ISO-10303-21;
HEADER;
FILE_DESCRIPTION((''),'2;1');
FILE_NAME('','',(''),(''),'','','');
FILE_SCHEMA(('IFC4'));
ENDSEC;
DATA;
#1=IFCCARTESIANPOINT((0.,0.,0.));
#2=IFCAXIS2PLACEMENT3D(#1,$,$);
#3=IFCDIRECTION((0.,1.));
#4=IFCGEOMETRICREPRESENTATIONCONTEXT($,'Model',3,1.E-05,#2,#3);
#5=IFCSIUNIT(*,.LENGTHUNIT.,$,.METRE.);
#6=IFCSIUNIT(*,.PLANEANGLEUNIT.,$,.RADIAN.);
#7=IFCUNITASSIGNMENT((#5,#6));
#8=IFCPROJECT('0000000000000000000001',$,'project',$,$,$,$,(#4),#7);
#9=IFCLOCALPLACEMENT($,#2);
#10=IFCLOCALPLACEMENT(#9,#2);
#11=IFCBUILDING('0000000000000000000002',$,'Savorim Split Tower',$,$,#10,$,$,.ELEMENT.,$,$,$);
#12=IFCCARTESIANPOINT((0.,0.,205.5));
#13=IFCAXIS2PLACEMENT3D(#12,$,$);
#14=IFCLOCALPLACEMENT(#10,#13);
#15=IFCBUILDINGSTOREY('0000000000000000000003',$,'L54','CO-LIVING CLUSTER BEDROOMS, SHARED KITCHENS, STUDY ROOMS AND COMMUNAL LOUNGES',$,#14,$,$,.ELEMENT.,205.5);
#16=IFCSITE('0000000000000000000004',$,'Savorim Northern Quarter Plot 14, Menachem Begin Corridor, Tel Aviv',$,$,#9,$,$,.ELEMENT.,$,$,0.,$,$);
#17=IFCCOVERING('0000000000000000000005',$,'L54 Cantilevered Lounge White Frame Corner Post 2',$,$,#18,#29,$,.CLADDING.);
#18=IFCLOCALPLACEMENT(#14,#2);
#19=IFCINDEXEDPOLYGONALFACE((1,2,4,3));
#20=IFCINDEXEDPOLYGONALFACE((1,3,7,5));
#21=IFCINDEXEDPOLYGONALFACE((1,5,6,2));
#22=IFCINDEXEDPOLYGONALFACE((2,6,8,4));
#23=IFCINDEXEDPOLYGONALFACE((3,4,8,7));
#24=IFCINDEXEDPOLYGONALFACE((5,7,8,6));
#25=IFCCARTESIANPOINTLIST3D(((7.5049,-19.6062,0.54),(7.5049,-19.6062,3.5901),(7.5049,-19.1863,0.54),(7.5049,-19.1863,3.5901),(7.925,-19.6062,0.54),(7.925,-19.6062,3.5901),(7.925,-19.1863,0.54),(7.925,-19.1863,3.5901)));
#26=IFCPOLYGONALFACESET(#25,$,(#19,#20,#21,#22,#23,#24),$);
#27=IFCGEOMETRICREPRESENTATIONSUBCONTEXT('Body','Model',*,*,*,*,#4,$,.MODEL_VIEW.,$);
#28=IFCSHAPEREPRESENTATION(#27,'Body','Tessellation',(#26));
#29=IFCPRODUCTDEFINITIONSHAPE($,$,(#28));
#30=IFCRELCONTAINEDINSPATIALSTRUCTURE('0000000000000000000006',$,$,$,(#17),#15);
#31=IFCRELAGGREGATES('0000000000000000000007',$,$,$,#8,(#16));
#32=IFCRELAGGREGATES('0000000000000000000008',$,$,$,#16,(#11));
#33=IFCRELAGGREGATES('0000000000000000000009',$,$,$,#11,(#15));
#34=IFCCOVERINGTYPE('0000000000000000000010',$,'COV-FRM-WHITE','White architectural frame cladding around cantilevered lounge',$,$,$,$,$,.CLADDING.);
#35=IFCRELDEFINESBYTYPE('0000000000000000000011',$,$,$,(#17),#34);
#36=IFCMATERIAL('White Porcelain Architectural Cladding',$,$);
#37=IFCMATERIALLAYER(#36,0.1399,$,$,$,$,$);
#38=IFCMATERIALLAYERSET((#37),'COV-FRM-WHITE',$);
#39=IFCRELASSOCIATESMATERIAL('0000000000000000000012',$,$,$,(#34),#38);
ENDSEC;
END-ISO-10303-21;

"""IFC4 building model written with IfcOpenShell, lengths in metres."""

from ifc_helpers import new_model, si_unit, direction, frame, origin, place, context, subcontext, project, spatial, polyline, outline, extrude, material, layer, layer_set, type_object, element, save


model = new_model("IFC4")

# Units and contexts
model_context = context("Model", 3, precision=1e-05, world=origin(), true_north=direction((0.0, 1.0)))
body_context = subcontext(model_context, "Body", "Model", "MODEL_VIEW")
ifc_project = project(units=[si_unit("LENGTHUNIT", "METRE"), si_unit("PLANEANGLEUNIT", "RADIAN")], contexts=[model_context])

# Site, building, storey
site_placement = place(None, origin())
site = spatial("IfcSite", under=ifc_project, at=site_placement, Name="Savorim Northern Quarter Plot 14, Menachem Begin Corridor, Tel Aviv", CompositionType="ELEMENT", RefElevation=0.0)
building_placement = place(site_placement, origin())
building = spatial("IfcBuilding", under=site, at=building_placement, Name="Savorim Split Tower", CompositionType="ELEMENT")
storey_placement = place(building_placement, frame((0.0, 0.0, 205.5)))
storey = spatial("IfcBuildingStorey", under=building, at=storey_placement, Name="L54", Description="CO-LIVING CLUSTER BEDROOMS, SHARED KITCHENS, STUDY ROOMS AND COMMUNAL LOUNGES", CompositionType="ELEMENT", Elevation=205.5)

# Covering
ifc_material_1 = material(Name="White Porcelain Architectural Cladding")
ifc_layer_1 = layer(ifc_material_1, 0.1399)
ifc_layer_set_1 = layer_set([ifc_layer_1], Name="COV-FRM-WHITE")
covering_type_1 = type_object("IfcCoveringType", Name="COV-FRM-WHITE", Description="White architectural frame cladding around cantilevered lounge", PredefinedType="CLADDING", material=ifc_layer_set_1)
covering_1_placement = place(storey_placement, frame((0.0, 0.0, 0.54)))
element("IfcCovering", 1, at=covering_1_placement, inside=storey, type_object=covering_type_1, Name="L54 Cantilevered Lounge White Frame Corner Post 2", PredefinedType="CLADDING", context=body_context, shape_type="SweptSolid", body=[
    extrude(outline(polyline([(7.5049, -19.6062), (7.925, -19.6062), (7.925, -19.1863), (7.5049, -19.1863), (7.5049, -19.6062)])), origin(), (0.0, 0.0, 1.0), 3.05),
])

save(model, "model.ifc")
